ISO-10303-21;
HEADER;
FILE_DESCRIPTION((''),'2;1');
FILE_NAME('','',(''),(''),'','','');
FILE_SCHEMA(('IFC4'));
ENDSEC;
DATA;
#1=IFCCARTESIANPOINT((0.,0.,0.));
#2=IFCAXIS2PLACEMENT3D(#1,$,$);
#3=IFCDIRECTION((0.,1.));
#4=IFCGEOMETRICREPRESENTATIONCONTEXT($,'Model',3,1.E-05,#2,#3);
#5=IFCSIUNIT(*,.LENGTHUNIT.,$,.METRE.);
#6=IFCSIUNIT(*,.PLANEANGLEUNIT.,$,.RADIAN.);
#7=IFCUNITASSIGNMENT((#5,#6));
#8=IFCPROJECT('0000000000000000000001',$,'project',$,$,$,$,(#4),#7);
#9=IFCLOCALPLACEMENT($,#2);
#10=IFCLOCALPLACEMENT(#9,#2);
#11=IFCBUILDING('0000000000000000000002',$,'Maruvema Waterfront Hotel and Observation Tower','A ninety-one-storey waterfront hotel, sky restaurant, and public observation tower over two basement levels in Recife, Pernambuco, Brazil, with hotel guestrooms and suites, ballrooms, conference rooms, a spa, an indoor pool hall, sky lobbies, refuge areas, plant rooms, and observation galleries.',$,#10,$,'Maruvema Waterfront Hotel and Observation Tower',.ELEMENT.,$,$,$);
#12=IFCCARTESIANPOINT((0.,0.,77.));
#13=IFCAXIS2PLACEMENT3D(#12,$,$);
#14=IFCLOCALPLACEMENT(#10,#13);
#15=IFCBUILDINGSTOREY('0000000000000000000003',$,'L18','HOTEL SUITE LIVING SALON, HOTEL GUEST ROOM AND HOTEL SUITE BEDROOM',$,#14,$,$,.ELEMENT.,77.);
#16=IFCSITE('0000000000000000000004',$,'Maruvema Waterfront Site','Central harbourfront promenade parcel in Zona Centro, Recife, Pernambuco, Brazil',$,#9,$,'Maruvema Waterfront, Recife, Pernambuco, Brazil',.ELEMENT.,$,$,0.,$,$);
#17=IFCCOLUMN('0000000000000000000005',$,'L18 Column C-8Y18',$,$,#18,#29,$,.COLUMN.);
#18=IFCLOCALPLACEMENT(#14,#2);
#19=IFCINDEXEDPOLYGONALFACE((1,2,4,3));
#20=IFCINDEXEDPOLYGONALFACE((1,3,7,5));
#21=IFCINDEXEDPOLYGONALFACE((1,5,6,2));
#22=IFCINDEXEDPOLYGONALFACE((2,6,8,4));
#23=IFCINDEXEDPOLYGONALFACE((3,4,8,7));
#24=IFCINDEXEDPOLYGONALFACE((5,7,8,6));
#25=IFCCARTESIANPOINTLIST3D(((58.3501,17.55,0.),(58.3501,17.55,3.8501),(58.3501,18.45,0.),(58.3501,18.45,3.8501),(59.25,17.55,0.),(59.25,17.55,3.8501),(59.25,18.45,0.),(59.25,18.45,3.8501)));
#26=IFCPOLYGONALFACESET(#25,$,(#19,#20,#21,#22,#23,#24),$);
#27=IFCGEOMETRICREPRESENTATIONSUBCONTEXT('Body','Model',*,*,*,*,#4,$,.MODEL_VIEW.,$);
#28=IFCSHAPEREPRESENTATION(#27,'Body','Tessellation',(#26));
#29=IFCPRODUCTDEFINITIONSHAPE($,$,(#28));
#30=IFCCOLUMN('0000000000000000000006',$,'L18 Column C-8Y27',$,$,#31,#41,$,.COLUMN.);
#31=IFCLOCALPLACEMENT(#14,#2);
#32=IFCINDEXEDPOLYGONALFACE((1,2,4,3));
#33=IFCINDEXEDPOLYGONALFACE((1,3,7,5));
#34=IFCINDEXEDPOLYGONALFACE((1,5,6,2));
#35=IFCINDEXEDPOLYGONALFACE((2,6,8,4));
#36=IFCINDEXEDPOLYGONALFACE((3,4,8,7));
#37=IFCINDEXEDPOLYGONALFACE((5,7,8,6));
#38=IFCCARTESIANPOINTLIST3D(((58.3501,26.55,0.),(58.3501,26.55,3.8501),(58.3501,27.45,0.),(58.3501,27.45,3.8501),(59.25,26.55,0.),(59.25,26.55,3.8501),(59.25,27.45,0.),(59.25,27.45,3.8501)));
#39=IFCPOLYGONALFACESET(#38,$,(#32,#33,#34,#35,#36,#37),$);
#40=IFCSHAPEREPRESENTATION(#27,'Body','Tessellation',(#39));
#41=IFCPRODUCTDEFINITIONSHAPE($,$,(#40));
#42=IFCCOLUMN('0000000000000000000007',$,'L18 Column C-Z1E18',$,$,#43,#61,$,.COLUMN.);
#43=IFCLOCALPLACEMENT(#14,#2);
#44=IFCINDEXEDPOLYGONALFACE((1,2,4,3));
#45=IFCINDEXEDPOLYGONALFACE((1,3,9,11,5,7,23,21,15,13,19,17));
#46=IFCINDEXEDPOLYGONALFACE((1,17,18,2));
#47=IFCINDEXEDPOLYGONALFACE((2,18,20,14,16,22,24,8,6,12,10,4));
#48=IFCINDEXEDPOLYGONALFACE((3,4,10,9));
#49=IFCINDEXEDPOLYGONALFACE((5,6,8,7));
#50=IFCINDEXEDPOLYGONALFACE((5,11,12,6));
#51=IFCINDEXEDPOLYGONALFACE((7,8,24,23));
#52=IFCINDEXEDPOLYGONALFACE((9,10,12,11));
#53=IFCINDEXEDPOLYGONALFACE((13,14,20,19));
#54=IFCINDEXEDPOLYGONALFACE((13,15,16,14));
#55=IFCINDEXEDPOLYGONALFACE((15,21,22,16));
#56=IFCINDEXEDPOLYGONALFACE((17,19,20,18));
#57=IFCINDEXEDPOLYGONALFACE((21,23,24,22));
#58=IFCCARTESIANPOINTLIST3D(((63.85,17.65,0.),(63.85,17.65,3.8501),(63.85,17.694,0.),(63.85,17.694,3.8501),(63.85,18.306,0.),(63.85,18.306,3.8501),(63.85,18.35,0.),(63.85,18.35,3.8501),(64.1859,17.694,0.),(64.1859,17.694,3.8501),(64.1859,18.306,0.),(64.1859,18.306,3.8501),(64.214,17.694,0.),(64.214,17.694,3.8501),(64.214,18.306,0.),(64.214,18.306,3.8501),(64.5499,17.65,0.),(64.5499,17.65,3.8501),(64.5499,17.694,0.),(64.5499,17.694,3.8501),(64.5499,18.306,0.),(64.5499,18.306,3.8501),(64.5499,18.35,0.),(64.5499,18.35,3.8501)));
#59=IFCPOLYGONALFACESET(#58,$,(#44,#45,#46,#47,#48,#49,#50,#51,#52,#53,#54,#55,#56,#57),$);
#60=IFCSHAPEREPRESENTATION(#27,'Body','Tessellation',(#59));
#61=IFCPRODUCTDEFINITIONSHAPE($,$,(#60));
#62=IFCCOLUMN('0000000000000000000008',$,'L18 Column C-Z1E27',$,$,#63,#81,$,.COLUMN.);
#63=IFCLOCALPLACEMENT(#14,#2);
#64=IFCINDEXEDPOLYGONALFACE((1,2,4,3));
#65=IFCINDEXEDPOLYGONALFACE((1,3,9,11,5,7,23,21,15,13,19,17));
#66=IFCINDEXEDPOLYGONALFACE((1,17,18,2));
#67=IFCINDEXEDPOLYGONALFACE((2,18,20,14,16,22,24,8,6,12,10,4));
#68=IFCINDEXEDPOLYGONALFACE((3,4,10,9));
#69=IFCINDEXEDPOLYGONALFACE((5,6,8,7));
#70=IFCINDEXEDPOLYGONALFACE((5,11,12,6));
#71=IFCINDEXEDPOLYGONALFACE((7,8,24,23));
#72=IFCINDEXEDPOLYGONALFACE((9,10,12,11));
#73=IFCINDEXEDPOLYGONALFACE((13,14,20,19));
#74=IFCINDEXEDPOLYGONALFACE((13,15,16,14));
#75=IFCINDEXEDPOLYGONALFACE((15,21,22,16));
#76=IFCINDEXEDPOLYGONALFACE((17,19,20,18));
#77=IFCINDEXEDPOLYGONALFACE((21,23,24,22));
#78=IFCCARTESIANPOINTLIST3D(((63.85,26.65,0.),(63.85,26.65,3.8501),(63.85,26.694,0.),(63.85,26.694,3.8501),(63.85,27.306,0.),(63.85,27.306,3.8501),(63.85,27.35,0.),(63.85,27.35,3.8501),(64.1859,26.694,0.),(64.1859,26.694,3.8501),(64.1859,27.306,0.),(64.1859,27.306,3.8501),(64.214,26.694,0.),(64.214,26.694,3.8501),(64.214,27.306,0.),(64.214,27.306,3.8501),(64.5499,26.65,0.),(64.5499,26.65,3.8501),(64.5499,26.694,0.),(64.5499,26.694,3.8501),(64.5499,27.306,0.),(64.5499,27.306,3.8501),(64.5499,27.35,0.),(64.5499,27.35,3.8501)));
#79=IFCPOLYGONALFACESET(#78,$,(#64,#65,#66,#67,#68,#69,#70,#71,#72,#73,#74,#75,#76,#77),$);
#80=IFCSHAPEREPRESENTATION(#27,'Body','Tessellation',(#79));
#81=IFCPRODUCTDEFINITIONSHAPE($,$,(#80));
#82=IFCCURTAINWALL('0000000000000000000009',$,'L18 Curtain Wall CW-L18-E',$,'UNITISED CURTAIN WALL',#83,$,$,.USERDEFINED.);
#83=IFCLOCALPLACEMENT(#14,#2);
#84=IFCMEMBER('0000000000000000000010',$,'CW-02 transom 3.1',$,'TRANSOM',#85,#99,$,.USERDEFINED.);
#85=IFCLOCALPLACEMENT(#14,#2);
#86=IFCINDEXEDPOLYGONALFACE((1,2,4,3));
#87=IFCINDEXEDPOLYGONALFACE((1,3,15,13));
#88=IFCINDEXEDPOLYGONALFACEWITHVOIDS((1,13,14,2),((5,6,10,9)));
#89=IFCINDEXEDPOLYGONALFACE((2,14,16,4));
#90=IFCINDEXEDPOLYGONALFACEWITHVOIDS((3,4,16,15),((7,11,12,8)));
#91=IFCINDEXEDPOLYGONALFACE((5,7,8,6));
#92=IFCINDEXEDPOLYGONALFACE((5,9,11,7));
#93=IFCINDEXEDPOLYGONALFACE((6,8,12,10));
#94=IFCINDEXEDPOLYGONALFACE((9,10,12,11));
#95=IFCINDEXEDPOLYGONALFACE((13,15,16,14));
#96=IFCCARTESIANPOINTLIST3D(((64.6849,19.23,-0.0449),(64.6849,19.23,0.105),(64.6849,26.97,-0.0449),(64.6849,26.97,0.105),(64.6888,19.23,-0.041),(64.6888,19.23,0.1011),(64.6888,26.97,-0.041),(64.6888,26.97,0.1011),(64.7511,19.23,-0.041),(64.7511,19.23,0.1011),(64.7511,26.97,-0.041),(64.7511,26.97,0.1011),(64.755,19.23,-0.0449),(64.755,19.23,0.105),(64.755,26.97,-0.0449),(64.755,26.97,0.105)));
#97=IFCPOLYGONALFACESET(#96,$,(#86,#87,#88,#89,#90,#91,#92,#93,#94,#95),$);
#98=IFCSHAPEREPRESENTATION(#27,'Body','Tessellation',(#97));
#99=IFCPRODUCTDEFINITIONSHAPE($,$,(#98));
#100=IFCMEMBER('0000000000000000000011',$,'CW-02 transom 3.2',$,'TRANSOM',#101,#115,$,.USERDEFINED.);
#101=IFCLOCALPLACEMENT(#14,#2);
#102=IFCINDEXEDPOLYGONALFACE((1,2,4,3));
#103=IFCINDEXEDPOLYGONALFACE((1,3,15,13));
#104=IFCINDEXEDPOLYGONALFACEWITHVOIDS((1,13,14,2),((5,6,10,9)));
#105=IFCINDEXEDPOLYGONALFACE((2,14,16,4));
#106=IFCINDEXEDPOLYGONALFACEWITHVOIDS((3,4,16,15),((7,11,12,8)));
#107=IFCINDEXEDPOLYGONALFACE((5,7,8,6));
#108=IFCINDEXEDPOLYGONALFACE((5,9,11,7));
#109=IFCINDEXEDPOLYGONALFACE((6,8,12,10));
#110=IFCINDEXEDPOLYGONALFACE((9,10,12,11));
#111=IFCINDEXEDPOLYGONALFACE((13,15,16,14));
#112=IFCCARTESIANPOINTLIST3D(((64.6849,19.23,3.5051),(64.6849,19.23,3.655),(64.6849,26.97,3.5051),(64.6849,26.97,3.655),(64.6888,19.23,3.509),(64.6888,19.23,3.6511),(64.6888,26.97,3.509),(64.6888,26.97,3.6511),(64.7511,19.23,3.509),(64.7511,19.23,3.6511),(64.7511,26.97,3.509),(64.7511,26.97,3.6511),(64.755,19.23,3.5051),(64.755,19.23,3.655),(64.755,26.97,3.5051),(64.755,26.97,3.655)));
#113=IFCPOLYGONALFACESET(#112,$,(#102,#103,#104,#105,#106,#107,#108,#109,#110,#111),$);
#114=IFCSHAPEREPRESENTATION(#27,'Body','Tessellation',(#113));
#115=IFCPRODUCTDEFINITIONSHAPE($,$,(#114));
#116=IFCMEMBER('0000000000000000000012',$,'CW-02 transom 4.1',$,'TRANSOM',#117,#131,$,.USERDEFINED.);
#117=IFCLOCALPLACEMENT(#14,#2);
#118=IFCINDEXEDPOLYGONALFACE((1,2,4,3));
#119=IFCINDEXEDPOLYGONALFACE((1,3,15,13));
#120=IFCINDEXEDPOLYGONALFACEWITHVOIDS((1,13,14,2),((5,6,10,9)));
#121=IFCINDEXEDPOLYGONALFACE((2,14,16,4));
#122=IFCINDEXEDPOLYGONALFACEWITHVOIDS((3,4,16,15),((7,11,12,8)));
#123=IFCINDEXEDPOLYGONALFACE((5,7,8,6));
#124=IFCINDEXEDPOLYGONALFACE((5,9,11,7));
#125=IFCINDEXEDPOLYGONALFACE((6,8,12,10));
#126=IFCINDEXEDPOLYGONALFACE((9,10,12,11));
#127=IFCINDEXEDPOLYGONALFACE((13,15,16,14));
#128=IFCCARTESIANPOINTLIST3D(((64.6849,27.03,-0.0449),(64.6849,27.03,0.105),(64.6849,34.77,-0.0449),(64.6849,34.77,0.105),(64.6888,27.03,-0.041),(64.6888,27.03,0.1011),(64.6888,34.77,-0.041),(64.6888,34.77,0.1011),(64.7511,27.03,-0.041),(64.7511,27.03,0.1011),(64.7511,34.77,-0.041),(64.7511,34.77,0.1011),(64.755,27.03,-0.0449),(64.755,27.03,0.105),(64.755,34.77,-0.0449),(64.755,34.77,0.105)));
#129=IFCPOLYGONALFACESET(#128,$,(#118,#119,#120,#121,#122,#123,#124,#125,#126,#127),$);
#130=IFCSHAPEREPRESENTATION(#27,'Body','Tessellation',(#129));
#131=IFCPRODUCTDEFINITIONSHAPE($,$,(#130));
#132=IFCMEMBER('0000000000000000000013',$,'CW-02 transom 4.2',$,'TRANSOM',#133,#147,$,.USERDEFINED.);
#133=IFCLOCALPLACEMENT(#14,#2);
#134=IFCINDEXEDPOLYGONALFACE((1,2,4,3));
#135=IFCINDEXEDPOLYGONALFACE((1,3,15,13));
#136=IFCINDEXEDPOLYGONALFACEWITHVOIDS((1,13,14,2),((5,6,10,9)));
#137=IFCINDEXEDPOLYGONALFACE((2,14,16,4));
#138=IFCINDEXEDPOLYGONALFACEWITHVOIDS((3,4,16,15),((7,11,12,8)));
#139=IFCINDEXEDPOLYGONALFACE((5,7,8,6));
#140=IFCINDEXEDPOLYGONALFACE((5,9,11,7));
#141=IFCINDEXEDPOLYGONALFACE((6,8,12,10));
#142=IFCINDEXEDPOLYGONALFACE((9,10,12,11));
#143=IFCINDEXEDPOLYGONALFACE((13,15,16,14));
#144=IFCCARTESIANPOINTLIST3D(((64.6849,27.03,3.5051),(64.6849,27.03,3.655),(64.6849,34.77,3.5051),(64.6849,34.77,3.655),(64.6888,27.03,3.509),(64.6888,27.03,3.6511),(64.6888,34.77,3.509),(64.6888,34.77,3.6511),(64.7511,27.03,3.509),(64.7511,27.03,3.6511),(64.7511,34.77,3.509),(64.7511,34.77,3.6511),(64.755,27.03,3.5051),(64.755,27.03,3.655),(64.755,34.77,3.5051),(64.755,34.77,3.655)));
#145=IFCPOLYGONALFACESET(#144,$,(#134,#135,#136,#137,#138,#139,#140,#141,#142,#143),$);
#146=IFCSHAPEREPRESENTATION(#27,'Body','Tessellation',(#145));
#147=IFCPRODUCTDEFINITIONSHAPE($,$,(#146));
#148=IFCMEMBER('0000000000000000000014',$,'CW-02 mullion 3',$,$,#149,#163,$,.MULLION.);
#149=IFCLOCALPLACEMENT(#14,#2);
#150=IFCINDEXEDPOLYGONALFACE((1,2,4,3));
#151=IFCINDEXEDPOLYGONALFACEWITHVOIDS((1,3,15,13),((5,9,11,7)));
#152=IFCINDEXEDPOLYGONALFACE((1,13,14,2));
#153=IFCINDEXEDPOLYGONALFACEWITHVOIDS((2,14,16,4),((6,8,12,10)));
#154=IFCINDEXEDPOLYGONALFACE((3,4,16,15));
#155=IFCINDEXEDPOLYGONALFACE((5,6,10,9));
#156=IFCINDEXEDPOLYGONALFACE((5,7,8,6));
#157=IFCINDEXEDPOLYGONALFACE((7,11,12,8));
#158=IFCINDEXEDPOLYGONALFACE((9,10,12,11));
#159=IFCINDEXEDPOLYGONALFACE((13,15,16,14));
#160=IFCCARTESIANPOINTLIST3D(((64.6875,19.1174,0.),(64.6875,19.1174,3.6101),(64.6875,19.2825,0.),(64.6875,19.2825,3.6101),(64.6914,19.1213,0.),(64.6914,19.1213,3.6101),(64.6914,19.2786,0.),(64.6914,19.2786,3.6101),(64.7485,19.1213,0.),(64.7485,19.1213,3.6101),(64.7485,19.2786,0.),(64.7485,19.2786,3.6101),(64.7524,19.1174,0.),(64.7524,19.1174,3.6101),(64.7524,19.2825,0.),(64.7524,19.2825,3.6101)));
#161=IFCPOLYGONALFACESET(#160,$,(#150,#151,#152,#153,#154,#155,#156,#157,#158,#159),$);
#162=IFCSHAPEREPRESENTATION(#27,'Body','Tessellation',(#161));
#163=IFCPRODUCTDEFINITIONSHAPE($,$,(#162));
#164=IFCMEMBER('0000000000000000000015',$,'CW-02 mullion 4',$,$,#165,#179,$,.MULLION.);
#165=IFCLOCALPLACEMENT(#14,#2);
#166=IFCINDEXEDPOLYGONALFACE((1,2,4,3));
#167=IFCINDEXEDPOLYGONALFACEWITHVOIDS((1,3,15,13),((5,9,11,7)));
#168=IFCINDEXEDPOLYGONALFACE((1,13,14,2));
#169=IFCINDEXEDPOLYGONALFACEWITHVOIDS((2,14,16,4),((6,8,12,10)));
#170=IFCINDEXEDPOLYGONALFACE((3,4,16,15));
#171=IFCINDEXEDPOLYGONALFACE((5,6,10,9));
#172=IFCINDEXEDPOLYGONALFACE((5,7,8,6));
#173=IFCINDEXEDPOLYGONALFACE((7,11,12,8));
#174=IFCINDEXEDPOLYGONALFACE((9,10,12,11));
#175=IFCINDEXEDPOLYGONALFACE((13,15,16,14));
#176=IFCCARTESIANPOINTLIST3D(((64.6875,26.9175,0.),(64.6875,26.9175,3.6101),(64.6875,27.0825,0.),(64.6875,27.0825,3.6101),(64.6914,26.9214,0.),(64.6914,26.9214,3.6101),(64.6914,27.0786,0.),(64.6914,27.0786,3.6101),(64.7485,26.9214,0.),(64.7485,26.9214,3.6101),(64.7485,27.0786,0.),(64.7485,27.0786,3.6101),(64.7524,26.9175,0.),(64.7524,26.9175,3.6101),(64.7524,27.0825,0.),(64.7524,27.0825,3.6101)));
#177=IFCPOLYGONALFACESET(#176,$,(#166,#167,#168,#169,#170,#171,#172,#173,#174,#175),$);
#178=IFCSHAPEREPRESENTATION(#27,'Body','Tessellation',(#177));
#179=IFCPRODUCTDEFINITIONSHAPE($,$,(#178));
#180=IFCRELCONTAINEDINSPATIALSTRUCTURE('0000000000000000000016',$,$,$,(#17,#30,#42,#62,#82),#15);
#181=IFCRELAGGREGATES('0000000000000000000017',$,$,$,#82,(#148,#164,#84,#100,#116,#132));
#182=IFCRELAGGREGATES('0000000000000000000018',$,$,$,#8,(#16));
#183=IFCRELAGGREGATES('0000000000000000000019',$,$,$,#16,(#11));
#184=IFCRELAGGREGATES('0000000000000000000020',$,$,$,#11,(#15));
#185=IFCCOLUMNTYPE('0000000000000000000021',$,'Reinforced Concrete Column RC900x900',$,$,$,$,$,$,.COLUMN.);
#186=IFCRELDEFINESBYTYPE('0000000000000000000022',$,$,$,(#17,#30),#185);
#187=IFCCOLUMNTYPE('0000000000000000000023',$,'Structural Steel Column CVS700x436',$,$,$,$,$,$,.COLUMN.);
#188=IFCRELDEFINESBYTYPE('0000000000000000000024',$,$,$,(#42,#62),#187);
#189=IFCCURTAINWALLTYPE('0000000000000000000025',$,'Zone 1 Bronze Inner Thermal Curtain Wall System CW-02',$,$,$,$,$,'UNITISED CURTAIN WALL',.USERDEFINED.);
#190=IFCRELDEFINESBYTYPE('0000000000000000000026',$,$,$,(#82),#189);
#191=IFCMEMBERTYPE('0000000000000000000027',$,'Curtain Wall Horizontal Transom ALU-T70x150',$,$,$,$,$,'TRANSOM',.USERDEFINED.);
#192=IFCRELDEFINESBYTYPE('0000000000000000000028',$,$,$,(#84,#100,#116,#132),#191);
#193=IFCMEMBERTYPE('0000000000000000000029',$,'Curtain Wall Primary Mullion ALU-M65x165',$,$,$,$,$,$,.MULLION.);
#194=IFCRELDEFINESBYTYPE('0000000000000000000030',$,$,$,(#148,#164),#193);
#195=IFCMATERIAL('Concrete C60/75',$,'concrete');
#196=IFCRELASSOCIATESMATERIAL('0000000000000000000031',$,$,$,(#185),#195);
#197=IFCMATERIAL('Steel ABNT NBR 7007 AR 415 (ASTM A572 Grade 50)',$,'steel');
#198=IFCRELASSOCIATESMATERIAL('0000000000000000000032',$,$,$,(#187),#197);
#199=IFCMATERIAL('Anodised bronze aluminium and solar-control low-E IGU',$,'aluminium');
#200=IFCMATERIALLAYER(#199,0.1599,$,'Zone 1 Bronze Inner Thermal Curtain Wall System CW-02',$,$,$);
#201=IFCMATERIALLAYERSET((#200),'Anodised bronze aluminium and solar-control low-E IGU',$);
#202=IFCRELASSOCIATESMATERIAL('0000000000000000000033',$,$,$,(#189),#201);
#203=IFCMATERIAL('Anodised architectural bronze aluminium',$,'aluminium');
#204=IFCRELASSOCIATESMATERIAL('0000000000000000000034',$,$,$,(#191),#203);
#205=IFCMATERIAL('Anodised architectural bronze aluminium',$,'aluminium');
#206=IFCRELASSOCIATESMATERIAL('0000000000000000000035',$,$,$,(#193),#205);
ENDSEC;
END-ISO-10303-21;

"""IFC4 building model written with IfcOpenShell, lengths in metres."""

from ifc_helpers import new_model, si_unit, direction, frame, origin, origin_2d, place, context, subcontext, project, spatial, rectangle, hollow_rectangle, i_section, extrude, material, layer, layer_set, material_profile, profile_set, type_object, element, aggregate, save


model = new_model("IFC4")

# Units and contexts
model_context = context("Model", 3, precision=1e-05, world=origin(), true_north=direction((0.0, 1.0)))
body_context = subcontext(model_context, "Body", "Model", "MODEL_VIEW")
ifc_project = project(units=[si_unit("LENGTHUNIT", "METRE"), si_unit("PLANEANGLEUNIT", "RADIAN")], contexts=[model_context])

# Site, building, storey
site_placement = place(None, origin())
site = spatial("IfcSite", under=ifc_project, at=site_placement, Name="Maruvema Waterfront Site", Description="Central harbourfront promenade parcel in Zona Centro, Recife, Pernambuco, Brazil", LongName="Maruvema Waterfront, Recife, Pernambuco, Brazil", CompositionType="ELEMENT", RefElevation=0.0)
building_placement = place(site_placement, origin())
building = spatial("IfcBuilding", under=site, at=building_placement, Name="Maruvema Waterfront Hotel and Observation Tower", Description="A ninety-one-storey waterfront hotel, sky restaurant, and public observation tower over two basement levels in Recife, Pernambuco, Brazil, with hotel guestrooms and suites, ballrooms, conference rooms, a spa, an indoor pool hall, sky lobbies, refuge areas, plant rooms, and observation galleries.", LongName="Maruvema Waterfront Hotel and Observation Tower", CompositionType="ELEMENT")
storey_placement = place(building_placement, frame((0.0, 0.0, 77.0)))
storey = spatial("IfcBuildingStorey", under=building, at=storey_placement, Name="L18", Description="HOTEL SUITE LIVING SALON, HOTEL GUEST ROOM AND HOTEL SUITE BEDROOM", CompositionType="ELEMENT", Elevation=77.0)

# Columns
ifc_material_1 = material(Name="Concrete C60/75", Category="concrete")
ifc_material_profile_1 = material_profile(ifc_material_1, rectangle(XDim=0.8999, YDim=0.8999, at=origin_2d()), Name="RC900x900")
ifc_profile_set_1 = profile_set([ifc_material_profile_1], Name="Concrete C60/75")
column_type_1 = type_object("IfcColumnType", Name="Reinforced Concrete Column RC900x900", PredefinedType="COLUMN", material=ifc_profile_set_1)
for number, where, z_axis, x_axis, name in (
    (1, (58.8, 18.0, 0.0), (0.0, 0.0, 1.0), (1.0, 0.0, 0.0), "L18 Column C-8Y18"),
    (2, (58.8, 27.0, 0.0), (0.0, 0.0, 1.0), (1.0, 0.0, 0.0), "L18 Column C-8Y27"),
):
    element("IfcColumn", number, at=place(storey_placement, frame(where, z_axis=z_axis, x_axis=x_axis)), inside=storey, type_object=column_type_1, Name=name, PredefinedType="COLUMN", context=body_context, shape_type="SweptSolid", body=[
        extrude(rectangle(XDim=0.8999, YDim=0.8999, at=origin_2d()), origin(), (0.0, 0.0, 1.0), 3.8501),
    ])
ifc_material_2 = material(Name="Steel ABNT NBR 7007 AR 415 (ASTM A572 Grade 50)", Category="steel")
ifc_material_profile_2 = material_profile(ifc_material_2, i_section(OverallWidth=0.7, OverallDepth=0.7, WebThickness=0.0281, FlangeThickness=0.0439, at=origin_2d()), Name="CVS700x436")
ifc_profile_set_2 = profile_set([ifc_material_profile_2], Name="Steel ABNT NBR 7007 AR 415 (ASTM A572 Grade 50)")
column_type_2 = type_object("IfcColumnType", Name="Structural Steel Column CVS700x436", PredefinedType="COLUMN", material=ifc_profile_set_2)
for number, where, z_axis, x_axis, name in (
    (3, (64.2, 18.0, 0.0), (0.0, 0.0, 1.0), (1.0, 0.0, 0.0), "L18 Column C-Z1E18"),
    (4, (64.2, 27.0, 0.0), (0.0, 0.0, 1.0), (1.0, 0.0, 0.0), "L18 Column C-Z1E27"),
):
    element("IfcColumn", number, at=place(storey_placement, frame(where, z_axis=z_axis, x_axis=x_axis)), inside=storey, type_object=column_type_2, Name=name, PredefinedType="COLUMN", context=body_context, shape_type="SweptSolid", body=[
        extrude(i_section(OverallWidth=0.7, OverallDepth=0.7, WebThickness=0.0281, FlangeThickness=0.0439, at=origin_2d()), origin(), (0.0, 0.0, 1.0), 3.8501),
    ])

# Curtain wall, members
ifc_material_3 = material(Name="Anodised bronze aluminium and solar-control low-E IGU", Category="aluminium")
ifc_layer_1 = layer(ifc_material_3, 0.1599, Name="Zone 1 Bronze Inner Thermal Curtain Wall System CW-02")
ifc_layer_set_1 = layer_set([ifc_layer_1], Name="Anodised bronze aluminium and solar-control low-E IGU")
curtain_wall_type = type_object("IfcCurtainWallType", Name="Zone 1 Bronze Inner Thermal Curtain Wall System CW-02", ElementType="UNITISED CURTAIN WALL", PredefinedType="USERDEFINED", material=ifc_layer_set_1)
curtain_wall_placement = place(storey_placement, origin())
curtain_wall = element("IfcCurtainWall", 5, at=curtain_wall_placement, inside=storey, type_object=curtain_wall_type, Name="L18 Curtain Wall CW-L18-E", ObjectType="UNITISED CURTAIN WALL", PredefinedType="USERDEFINED")
ifc_material_4 = material(Name="Anodised architectural bronze aluminium", Category="aluminium")
ifc_material_profile_3 = material_profile(ifc_material_4, hollow_rectangle(XDim=0.0701, YDim=0.1499, WallThickness=0.0039, at=origin_2d()), Name="ALU-T70x150")
ifc_profile_set_3 = profile_set([ifc_material_profile_3], Name="Anodised architectural bronze aluminium")
member_type_1 = type_object("IfcMemberType", Name="Curtain Wall Horizontal Transom ALU-T70x150", ElementType="TRANSOM", PredefinedType="USERDEFINED", material=ifc_profile_set_3)
member_1_placement = place(storey_placement, frame((64.72, 19.23, 0.03), z_axis=(0.0, 1.0, 0.0), x_axis=(-1.0, 0.0, 0.0)))
member_1 = element("IfcMember", 6, at=member_1_placement, type_object=member_type_1, Name="CW-02 transom 3.1", ObjectType="TRANSOM", PredefinedType="USERDEFINED", context=body_context, shape_type="SweptSolid", body=[
    extrude(hollow_rectangle(XDim=0.0701, YDim=0.1499, WallThickness=0.0039, at=origin_2d()), origin(), (0.0, 0.0, 1.0), 7.74),
])
member_2_placement = place(storey_placement, frame((64.72, 19.23, 3.5801), z_axis=(0.0, 1.0, 0.0), x_axis=(-1.0, 0.0, 0.0)))
member_2 = element("IfcMember", 7, at=member_2_placement, type_object=member_type_1, Name="CW-02 transom 3.2", ObjectType="TRANSOM", PredefinedType="USERDEFINED", context=body_context, shape_type="SweptSolid", body=[
    extrude(hollow_rectangle(XDim=0.0701, YDim=0.1499, WallThickness=0.0039, at=origin_2d()), origin(), (0.0, 0.0, 1.0), 7.74),
])
member_3_placement = place(storey_placement, frame((64.72, 27.03, 0.03), z_axis=(0.0, 1.0, 0.0), x_axis=(-1.0, 0.0, 0.0)))
member_3 = element("IfcMember", 8, at=member_3_placement, type_object=member_type_1, Name="CW-02 transom 4.1", ObjectType="TRANSOM", PredefinedType="USERDEFINED", context=body_context, shape_type="SweptSolid", body=[
    extrude(hollow_rectangle(XDim=0.0701, YDim=0.1499, WallThickness=0.0039, at=origin_2d()), origin(), (0.0, 0.0, 1.0), 7.74),
])
member_4_placement = place(storey_placement, frame((64.72, 27.03, 3.5801), z_axis=(0.0, 1.0, 0.0), x_axis=(-1.0, 0.0, 0.0)))
member_4 = element("IfcMember", 9, at=member_4_placement, type_object=member_type_1, Name="CW-02 transom 4.2", ObjectType="TRANSOM", PredefinedType="USERDEFINED", context=body_context, shape_type="SweptSolid", body=[
    extrude(hollow_rectangle(XDim=0.0701, YDim=0.1499, WallThickness=0.0039, at=origin_2d()), origin(), (0.0, 0.0, 1.0), 7.74),
])
ifc_material_5 = material(Name="Anodised architectural bronze aluminium", Category="aluminium")
ifc_material_profile_4 = material_profile(ifc_material_5, hollow_rectangle(XDim=0.0649, YDim=0.165, WallThickness=0.0039, at=origin_2d()), Name="ALU-M65x165")
ifc_profile_set_4 = profile_set([ifc_material_profile_4], Name="Anodised architectural bronze aluminium")
member_type_2 = type_object("IfcMemberType", Name="Curtain Wall Primary Mullion ALU-M65x165", PredefinedType="MULLION", material=ifc_profile_set_4)
member_5_placement = place(storey_placement, frame((64.72, 19.2, 0.0), z_axis=(0.0, 0.0, 1.0), x_axis=(-1.0, 0.0, 0.0)))
member_5 = element("IfcMember", 10, at=member_5_placement, type_object=member_type_2, Name="CW-02 mullion 3", PredefinedType="MULLION", context=body_context, shape_type="SweptSolid", body=[
    extrude(hollow_rectangle(XDim=0.0649, YDim=0.165, WallThickness=0.0039, at=origin_2d()), origin(), (0.0, 0.0, 1.0), 3.6101),
])
member_6_placement = place(storey_placement, frame((64.72, 27.0, 0.0), z_axis=(0.0, 0.0, 1.0), x_axis=(-1.0, 0.0, 0.0)))
member_6 = element("IfcMember", 11, at=member_6_placement, type_object=member_type_2, Name="CW-02 mullion 4", PredefinedType="MULLION", context=body_context, shape_type="SweptSolid", body=[
    extrude(hollow_rectangle(XDim=0.0649, YDim=0.165, WallThickness=0.0039, at=origin_2d()), origin(), (0.0, 0.0, 1.0), 3.6101),
])

aggregate(curtain_wall, [member_5, member_6, member_1, member_2, member_3, member_4])

save(model, "model.ifc")
